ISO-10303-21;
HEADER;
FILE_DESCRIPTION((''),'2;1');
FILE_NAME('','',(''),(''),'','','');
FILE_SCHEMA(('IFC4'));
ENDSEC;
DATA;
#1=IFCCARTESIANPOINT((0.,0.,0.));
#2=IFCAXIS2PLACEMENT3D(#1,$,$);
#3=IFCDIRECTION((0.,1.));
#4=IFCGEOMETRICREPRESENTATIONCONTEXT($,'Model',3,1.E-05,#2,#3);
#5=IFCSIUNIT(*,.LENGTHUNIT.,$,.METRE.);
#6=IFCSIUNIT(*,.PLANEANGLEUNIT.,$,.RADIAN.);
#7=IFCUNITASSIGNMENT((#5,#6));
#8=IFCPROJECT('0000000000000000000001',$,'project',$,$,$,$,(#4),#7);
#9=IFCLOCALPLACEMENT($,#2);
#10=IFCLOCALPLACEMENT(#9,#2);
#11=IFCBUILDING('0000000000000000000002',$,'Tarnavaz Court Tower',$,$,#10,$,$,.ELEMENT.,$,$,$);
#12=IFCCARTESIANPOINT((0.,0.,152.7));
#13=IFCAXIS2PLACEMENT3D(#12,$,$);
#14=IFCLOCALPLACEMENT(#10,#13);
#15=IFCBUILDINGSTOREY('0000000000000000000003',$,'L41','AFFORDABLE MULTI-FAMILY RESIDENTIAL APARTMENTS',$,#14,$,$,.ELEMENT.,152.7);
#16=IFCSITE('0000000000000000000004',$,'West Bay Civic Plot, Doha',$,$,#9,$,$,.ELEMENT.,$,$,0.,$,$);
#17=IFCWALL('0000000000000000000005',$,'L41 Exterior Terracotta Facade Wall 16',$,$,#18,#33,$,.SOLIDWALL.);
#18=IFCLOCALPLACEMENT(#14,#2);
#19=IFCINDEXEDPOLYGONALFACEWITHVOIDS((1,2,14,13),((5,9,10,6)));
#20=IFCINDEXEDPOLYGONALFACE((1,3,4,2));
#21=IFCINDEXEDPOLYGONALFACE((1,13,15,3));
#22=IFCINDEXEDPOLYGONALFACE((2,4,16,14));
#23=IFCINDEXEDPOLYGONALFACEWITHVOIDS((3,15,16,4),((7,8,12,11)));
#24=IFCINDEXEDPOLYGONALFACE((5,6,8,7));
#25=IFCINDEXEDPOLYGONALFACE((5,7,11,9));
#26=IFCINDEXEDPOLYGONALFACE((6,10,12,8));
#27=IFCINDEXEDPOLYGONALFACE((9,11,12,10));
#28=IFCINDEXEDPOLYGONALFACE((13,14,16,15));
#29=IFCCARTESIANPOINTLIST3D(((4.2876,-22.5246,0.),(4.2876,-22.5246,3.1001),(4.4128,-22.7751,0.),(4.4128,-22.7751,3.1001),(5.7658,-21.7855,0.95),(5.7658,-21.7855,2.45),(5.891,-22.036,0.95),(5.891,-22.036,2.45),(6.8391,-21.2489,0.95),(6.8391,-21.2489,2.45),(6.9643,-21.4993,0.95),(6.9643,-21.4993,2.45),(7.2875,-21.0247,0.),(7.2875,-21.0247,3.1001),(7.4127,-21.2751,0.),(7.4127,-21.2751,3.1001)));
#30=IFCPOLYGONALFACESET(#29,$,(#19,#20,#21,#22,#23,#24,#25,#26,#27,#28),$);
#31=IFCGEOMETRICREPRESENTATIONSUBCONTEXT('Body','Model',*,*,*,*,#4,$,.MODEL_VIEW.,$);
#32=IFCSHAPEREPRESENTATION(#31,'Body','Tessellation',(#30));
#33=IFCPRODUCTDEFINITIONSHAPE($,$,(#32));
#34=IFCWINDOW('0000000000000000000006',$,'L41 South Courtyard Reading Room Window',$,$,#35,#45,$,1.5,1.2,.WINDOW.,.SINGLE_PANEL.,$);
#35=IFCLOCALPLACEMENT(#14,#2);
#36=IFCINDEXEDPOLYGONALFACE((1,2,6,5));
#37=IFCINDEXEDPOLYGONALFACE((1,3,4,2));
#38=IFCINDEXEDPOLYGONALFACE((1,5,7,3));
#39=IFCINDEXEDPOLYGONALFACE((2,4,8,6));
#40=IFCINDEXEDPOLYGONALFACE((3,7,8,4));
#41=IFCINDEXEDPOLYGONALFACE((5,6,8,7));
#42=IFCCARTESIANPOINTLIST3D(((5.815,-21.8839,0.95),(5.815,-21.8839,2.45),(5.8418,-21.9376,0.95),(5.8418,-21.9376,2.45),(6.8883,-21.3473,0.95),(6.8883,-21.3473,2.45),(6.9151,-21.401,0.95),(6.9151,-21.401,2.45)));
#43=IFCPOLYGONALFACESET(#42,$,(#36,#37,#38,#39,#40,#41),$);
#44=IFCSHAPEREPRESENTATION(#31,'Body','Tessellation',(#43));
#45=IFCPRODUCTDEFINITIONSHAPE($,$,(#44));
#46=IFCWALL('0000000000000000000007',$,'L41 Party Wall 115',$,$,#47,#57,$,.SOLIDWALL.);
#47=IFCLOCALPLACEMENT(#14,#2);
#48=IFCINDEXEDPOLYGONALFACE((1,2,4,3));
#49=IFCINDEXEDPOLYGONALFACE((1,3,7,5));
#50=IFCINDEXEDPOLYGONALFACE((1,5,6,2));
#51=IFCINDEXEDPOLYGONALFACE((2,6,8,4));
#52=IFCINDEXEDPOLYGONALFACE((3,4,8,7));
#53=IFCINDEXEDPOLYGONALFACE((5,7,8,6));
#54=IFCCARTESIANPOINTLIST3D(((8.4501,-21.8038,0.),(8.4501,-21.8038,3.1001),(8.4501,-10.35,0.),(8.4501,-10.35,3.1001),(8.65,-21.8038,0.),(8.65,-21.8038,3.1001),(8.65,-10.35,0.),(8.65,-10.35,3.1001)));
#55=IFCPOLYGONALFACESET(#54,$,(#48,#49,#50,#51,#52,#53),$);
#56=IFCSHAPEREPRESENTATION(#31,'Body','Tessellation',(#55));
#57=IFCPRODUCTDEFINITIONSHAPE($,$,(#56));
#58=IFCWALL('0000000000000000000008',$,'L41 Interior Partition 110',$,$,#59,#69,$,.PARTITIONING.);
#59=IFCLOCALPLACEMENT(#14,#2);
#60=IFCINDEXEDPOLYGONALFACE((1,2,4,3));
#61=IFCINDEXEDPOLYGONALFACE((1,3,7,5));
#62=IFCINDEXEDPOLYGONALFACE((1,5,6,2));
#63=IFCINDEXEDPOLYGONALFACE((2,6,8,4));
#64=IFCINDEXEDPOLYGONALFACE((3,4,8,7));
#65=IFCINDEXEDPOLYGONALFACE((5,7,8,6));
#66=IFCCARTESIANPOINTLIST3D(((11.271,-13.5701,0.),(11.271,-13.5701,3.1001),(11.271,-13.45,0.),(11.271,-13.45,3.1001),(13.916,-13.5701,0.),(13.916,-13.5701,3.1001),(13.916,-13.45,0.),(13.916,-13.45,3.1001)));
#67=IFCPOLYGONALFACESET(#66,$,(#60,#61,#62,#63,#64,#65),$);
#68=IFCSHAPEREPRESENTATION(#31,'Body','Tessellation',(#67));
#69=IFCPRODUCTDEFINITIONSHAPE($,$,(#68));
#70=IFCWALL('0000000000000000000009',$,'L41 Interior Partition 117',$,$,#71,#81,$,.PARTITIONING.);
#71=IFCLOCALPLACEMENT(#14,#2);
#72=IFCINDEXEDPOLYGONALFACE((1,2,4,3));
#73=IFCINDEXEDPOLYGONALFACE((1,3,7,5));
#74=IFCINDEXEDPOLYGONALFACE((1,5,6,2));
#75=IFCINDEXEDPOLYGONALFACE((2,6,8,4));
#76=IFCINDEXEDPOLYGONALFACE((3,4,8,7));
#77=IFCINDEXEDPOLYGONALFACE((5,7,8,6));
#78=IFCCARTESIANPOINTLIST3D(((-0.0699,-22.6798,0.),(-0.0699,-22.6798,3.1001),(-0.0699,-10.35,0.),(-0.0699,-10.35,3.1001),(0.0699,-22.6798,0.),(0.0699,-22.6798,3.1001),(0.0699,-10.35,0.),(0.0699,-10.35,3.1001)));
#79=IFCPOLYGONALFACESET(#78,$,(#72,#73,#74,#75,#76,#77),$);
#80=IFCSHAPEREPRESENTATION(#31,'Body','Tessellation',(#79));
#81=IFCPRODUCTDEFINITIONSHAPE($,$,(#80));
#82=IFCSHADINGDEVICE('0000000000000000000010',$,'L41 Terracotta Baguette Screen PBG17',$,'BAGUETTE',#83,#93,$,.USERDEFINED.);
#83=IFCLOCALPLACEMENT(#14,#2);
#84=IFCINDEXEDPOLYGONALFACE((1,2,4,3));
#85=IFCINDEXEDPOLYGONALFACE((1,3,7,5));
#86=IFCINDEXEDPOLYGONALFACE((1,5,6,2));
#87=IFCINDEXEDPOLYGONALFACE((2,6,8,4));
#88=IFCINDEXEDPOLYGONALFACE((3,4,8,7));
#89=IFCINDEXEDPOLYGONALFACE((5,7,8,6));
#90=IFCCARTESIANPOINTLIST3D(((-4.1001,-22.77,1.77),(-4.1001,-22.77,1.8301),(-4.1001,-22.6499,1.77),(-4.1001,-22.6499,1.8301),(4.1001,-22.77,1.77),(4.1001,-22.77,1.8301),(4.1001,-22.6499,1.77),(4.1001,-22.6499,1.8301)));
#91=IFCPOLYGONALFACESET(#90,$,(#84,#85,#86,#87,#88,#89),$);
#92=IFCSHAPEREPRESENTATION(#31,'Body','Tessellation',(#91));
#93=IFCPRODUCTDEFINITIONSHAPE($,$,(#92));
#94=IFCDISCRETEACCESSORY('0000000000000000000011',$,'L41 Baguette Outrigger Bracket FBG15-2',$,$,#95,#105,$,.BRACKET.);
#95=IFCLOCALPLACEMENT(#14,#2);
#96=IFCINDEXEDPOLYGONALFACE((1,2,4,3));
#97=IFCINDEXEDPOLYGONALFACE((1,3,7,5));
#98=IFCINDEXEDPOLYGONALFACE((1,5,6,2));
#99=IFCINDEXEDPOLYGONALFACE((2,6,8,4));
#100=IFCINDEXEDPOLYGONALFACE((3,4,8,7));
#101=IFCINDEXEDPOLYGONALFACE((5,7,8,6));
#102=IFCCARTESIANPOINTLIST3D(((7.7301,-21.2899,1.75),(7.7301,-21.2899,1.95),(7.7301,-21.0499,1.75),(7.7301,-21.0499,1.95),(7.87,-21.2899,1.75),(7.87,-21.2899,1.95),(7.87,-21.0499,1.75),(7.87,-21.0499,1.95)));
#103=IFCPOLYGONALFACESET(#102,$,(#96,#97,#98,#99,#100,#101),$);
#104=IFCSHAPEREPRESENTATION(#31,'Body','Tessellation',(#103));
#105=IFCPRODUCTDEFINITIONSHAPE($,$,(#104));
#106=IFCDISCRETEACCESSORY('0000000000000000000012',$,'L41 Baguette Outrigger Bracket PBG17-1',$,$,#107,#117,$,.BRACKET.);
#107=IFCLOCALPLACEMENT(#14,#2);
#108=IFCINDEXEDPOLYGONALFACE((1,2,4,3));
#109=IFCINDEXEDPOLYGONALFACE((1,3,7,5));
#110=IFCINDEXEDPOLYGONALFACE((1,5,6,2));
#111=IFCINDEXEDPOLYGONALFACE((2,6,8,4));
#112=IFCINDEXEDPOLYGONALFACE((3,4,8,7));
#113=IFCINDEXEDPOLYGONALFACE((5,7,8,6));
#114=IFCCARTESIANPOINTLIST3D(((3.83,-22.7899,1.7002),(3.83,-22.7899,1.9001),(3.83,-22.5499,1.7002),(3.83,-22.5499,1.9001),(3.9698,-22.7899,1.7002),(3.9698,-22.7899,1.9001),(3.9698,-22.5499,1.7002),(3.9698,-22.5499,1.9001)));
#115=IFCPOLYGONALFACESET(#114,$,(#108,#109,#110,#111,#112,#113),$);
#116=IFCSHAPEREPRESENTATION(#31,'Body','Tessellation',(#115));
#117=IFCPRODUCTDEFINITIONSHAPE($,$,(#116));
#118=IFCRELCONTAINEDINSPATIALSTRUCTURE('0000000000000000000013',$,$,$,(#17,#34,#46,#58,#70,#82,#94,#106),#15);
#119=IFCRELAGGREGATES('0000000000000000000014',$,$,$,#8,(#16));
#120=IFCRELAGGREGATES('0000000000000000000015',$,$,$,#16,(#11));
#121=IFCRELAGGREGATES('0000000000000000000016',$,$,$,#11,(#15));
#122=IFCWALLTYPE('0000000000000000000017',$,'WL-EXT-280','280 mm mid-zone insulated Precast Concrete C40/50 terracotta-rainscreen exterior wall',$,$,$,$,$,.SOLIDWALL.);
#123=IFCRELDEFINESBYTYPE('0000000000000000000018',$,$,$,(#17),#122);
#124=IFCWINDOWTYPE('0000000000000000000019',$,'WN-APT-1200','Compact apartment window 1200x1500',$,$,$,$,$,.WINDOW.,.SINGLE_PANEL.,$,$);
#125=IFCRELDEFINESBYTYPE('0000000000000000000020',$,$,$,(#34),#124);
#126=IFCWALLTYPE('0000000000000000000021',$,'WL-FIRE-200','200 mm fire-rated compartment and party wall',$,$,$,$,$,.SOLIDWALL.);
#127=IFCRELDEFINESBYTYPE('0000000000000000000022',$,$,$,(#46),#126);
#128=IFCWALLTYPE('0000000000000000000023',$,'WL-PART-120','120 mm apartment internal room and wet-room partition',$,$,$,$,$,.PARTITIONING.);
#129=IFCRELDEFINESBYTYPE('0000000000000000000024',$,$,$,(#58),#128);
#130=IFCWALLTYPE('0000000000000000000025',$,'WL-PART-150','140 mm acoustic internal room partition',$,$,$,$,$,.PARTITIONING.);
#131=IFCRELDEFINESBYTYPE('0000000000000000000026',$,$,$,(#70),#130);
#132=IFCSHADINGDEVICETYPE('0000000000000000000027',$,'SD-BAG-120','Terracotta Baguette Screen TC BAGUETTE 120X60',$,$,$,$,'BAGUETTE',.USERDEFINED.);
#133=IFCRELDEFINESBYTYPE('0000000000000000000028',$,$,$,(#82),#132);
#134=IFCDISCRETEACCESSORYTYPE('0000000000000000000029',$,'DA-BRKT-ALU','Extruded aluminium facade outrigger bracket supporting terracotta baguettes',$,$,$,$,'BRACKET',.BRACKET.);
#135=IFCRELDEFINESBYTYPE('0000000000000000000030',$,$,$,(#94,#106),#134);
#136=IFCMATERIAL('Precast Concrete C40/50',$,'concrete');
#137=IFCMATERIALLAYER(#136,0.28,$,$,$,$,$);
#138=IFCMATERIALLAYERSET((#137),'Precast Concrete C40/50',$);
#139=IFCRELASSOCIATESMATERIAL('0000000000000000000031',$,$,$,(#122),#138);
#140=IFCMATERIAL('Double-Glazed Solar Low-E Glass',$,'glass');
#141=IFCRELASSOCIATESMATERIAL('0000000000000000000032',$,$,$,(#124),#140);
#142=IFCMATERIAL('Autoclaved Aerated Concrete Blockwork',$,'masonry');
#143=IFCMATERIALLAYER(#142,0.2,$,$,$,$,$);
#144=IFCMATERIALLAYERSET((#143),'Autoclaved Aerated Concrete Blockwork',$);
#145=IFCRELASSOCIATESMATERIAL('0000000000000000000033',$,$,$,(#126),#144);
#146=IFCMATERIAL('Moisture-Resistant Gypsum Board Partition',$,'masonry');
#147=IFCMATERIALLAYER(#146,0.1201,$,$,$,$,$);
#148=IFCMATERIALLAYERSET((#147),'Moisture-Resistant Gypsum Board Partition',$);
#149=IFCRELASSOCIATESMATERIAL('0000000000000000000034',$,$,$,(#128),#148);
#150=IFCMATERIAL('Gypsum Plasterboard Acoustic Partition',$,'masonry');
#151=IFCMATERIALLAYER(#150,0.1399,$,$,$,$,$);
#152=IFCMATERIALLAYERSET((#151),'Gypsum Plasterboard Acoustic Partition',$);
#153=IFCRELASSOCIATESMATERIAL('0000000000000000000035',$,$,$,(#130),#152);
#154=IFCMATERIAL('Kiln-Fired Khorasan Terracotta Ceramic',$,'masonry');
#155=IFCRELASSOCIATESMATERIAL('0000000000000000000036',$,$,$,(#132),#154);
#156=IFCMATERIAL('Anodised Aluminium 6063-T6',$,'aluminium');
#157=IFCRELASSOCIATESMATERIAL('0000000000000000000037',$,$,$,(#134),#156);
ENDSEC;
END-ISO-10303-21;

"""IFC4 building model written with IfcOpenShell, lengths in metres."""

from ifc_helpers import new_model, si_unit, direction, frame, frame_2d, origin, origin_2d, place, context, subcontext, project, spatial, rectangle, extrude, material, layer, layer_set, material_profile, profile_set, type_object, element, fill, save


model = new_model("IFC4")

# Units and contexts
model_context = context("Model", 3, precision=1e-05, world=origin(), true_north=direction((0.0, 1.0)))
body_context = subcontext(model_context, "Body", "Model", "MODEL_VIEW")
ifc_project = project(units=[si_unit("LENGTHUNIT", "METRE"), si_unit("PLANEANGLEUNIT", "RADIAN")], contexts=[model_context])

# Site, building, storey
site_placement = place(None, origin())
site = spatial("IfcSite", under=ifc_project, at=site_placement, Name="West Bay Civic Plot, Doha", CompositionType="ELEMENT", RefElevation=0.0)
building_placement = place(site_placement, origin())
building = spatial("IfcBuilding", under=site, at=building_placement, Name="Tarnavaz Court Tower", CompositionType="ELEMENT")
storey_placement = place(building_placement, frame((0.0, 0.0, 152.7)))
storey = spatial("IfcBuildingStorey", under=building, at=storey_placement, Name="L41", Description="AFFORDABLE MULTI-FAMILY RESIDENTIAL APARTMENTS", CompositionType="ELEMENT", Elevation=152.7)

# Shared definitions
ifc_material_1 = material(Name="Anodised Aluminium 6063-T6", Category="aluminium")
ifc_material_2 = material(Name="Double-Glazed Solar Low-E Glass", Category="glass")

# Wall, opening, window
ifc_material_3 = material(Name="Precast Concrete C40/50", Category="concrete")
ifc_layer_1 = layer(ifc_material_3, 0.28)
ifc_layer_set_1 = layer_set([ifc_layer_1], Name="Precast Concrete C40/50")
wall_type_1 = type_object("IfcWallType", Name="WL-EXT-280", Description="280 mm mid-zone insulated Precast Concrete C40/50 terracotta-rainscreen exterior wall", PredefinedType="SOLIDWALL", material=ifc_layer_set_1)
wall_1_placement = place(storey_placement, frame((7.3501, -21.1499, 0.0), z_axis=(0.0, 0.0, 1.0), x_axis=(-0.894427, -0.447214, 0.0)))
wall_1 = element("IfcWall", 1, at=wall_1_placement, inside=storey, type_object=wall_type_1, Name="L41 Exterior Terracotta Facade Wall 16", PredefinedType="SOLIDWALL", context=body_context, shape_type="SweptSolid", body=[
    extrude(rectangle(XDim=3.354, YDim=0.28, at=frame_2d((1.677, 0.0))), origin(), (0.0, 0.0, 1.0), 3.1001),
])
opening_placement = place(wall_1_placement, frame((0.5012, 0.0, 0.95)))
opening = element("IfcOpeningElement", 2, at=opening_placement, cuts=wall_1, PredefinedType="OPENING", context=body_context, shape_type="SweptSolid", body=[
    extrude(rectangle(XDim=1.2, YDim=1.5, at=frame_2d((0.6001, 0.75))), frame((0.0, 0.1499, 0.0), z_axis=(0.0, -1.0, 0.0), x_axis=(1.0, 0.0, 0.0)), (0.0, 0.0, 1.0), 0.3),
])
window_type = type_object("IfcWindowType", Name="WN-APT-1200", Description="Compact apartment window 1200x1500", PartitioningType="SINGLE_PANEL", PredefinedType="WINDOW", material=ifc_material_2)
window_placement = place(opening_placement, origin())
window = element("IfcWindow", 3, at=window_placement, inside=storey, type_object=window_type, Name="L41 South Courtyard Reading Room Window", OverallHeight=1.5, OverallWidth=1.2, PartitioningType="SINGLE_PANEL", PredefinedType="WINDOW", context=body_context, shape_type="SweptSolid", body=[
    extrude(rectangle(XDim=1.2, YDim=1.5, at=frame_2d((0.6001, 0.75))), frame((0.0, 0.03, 0.0), z_axis=(0.0, -1.0, 0.0), x_axis=(1.0, 0.0, 0.0)), (0.0, 0.0, 1.0), 0.0601),
])
fill(opening, window)

# Walls
ifc_material_4 = material(Name="Autoclaved Aerated Concrete Blockwork", Category="masonry")
ifc_layer_2 = layer(ifc_material_4, 0.2)
ifc_layer_set_2 = layer_set([ifc_layer_2], Name="Autoclaved Aerated Concrete Blockwork")
wall_type_2 = type_object("IfcWallType", Name="WL-FIRE-200", Description="200 mm fire-rated compartment and party wall", PredefinedType="SOLIDWALL", material=ifc_layer_set_2)
wall_2_placement = place(storey_placement, frame((8.55, -21.804, 0.0), z_axis=(0.0, 0.0, 1.0), x_axis=(0.0, 1.0, 0.0)))
element("IfcWall", 4, at=wall_2_placement, inside=storey, type_object=wall_type_2, Name="L41 Party Wall 115", PredefinedType="SOLIDWALL", context=body_context, shape_type="SweptSolid", body=[
    extrude(rectangle(XDim=11.4539, YDim=0.2, at=frame_2d((5.7271, 0.0))), origin(), (0.0, 0.0, 1.0), 3.1001),
])
ifc_material_5 = material(Name="Moisture-Resistant Gypsum Board Partition", Category="masonry")
ifc_layer_3 = layer(ifc_material_5, 0.1201)
ifc_layer_set_3 = layer_set([ifc_layer_3], Name="Moisture-Resistant Gypsum Board Partition")
wall_type_3 = type_object("IfcWallType", Name="WL-PART-120", Description="120 mm apartment internal room and wet-room partition", PredefinedType="PARTITIONING", material=ifc_layer_set_3)
wall_3_placement = place(storey_placement, frame((11.271, -13.51, 0.0), z_axis=(0.0, 0.0, 1.0), x_axis=(1.0, 0.0, 0.0)))
element("IfcWall", 5, at=wall_3_placement, inside=storey, type_object=wall_type_3, Name="L41 Interior Partition 110", PredefinedType="PARTITIONING", context=body_context, shape_type="SweptSolid", body=[
    extrude(rectangle(XDim=2.645, YDim=0.1201, at=frame_2d((1.3225, 0.0))), origin(), (0.0, 0.0, 1.0), 3.1001),
])
ifc_material_6 = material(Name="Gypsum Plasterboard Acoustic Partition", Category="masonry")
ifc_layer_4 = layer(ifc_material_6, 0.1399)
ifc_layer_set_4 = layer_set([ifc_layer_4], Name="Gypsum Plasterboard Acoustic Partition")
wall_type_4 = type_object("IfcWallType", Name="WL-PART-150", Description="140 mm acoustic internal room partition", PredefinedType="PARTITIONING", material=ifc_layer_set_4)
wall_4_placement = place(storey_placement, frame((0.0, -22.6799, 0.0), z_axis=(0.0, 0.0, 1.0), x_axis=(0.0, 1.0, 0.0)))
element("IfcWall", 6, at=wall_4_placement, inside=storey, type_object=wall_type_4, Name="L41 Interior Partition 117", PredefinedType="PARTITIONING", context=body_context, shape_type="SweptSolid", body=[
    extrude(rectangle(XDim=12.3298, YDim=0.1399, at=frame_2d((6.165, 0.0))), origin(), (0.0, 0.0, 1.0), 3.1001),
])

# Shading device
ifc_material_7 = material(Name="Kiln-Fired Khorasan Terracotta Ceramic", Category="masonry")
ifc_material_profile_1 = material_profile(ifc_material_7, rectangle(XDim=0.1201, YDim=0.0601, at=origin_2d()), Name="TC BAGUETTE 120X60")
ifc_profile_set_1 = profile_set([ifc_material_profile_1], Name="Kiln-Fired Khorasan Terracotta Ceramic")
shading_device_type = type_object("IfcShadingDeviceType", Name="SD-BAG-120", Description="Terracotta Baguette Screen TC BAGUETTE 120X60", ElementType="BAGUETTE", PredefinedType="USERDEFINED", material=ifc_profile_set_1)
shading_device_placement = place(storey_placement, frame((4.1001, -22.71, 1.8), z_axis=(-1.0, 0.0, 0.0), x_axis=(0.0, -1.0, 0.0)))
element("IfcShadingDevice", 7, at=shading_device_placement, inside=storey, type_object=shading_device_type, Name="L41 Terracotta Baguette Screen PBG17", ObjectType="BAGUETTE", PredefinedType="USERDEFINED", context=body_context, shape_type="SweptSolid", body=[
    extrude(rectangle(XDim=0.1201, YDim=0.0601, at=origin_2d()), origin(), (0.0, 0.0, 1.0), 8.2002),
])

# Discrete accessories
discrete_accessory_type = type_object("IfcDiscreteAccessoryType", Name="DA-BRKT-ALU", Description="Extruded aluminium facade outrigger bracket supporting terracotta baguettes", ElementType="BRACKET", PredefinedType="BRACKET", material=ifc_material_1)
for number, where, z_axis, x_axis, name in (
    (8, (7.8, -21.1699, 1.75), (0.0, 0.0, 1.0), (-1.0, 0.0, 0.0), "L41 Baguette Outrigger Bracket FBG15-2"),
    (9, (3.8999, -22.6699, 1.7002), (0.0, 0.0, 1.0), (-1.0, 0.0, 0.0), "L41 Baguette Outrigger Bracket PBG17-1"),
):
    element("IfcDiscreteAccessory", number, at=place(storey_placement, frame(where, z_axis=z_axis, x_axis=x_axis)), inside=storey, type_object=discrete_accessory_type, Name=name, PredefinedType="BRACKET", context=body_context, shape_type="SweptSolid", body=[
        extrude(rectangle(XDim=0.1399, YDim=0.24, at=origin_2d()), origin(), (0.0, 0.0, 1.0), 0.2),
    ])

save(model, "model.ifc")
